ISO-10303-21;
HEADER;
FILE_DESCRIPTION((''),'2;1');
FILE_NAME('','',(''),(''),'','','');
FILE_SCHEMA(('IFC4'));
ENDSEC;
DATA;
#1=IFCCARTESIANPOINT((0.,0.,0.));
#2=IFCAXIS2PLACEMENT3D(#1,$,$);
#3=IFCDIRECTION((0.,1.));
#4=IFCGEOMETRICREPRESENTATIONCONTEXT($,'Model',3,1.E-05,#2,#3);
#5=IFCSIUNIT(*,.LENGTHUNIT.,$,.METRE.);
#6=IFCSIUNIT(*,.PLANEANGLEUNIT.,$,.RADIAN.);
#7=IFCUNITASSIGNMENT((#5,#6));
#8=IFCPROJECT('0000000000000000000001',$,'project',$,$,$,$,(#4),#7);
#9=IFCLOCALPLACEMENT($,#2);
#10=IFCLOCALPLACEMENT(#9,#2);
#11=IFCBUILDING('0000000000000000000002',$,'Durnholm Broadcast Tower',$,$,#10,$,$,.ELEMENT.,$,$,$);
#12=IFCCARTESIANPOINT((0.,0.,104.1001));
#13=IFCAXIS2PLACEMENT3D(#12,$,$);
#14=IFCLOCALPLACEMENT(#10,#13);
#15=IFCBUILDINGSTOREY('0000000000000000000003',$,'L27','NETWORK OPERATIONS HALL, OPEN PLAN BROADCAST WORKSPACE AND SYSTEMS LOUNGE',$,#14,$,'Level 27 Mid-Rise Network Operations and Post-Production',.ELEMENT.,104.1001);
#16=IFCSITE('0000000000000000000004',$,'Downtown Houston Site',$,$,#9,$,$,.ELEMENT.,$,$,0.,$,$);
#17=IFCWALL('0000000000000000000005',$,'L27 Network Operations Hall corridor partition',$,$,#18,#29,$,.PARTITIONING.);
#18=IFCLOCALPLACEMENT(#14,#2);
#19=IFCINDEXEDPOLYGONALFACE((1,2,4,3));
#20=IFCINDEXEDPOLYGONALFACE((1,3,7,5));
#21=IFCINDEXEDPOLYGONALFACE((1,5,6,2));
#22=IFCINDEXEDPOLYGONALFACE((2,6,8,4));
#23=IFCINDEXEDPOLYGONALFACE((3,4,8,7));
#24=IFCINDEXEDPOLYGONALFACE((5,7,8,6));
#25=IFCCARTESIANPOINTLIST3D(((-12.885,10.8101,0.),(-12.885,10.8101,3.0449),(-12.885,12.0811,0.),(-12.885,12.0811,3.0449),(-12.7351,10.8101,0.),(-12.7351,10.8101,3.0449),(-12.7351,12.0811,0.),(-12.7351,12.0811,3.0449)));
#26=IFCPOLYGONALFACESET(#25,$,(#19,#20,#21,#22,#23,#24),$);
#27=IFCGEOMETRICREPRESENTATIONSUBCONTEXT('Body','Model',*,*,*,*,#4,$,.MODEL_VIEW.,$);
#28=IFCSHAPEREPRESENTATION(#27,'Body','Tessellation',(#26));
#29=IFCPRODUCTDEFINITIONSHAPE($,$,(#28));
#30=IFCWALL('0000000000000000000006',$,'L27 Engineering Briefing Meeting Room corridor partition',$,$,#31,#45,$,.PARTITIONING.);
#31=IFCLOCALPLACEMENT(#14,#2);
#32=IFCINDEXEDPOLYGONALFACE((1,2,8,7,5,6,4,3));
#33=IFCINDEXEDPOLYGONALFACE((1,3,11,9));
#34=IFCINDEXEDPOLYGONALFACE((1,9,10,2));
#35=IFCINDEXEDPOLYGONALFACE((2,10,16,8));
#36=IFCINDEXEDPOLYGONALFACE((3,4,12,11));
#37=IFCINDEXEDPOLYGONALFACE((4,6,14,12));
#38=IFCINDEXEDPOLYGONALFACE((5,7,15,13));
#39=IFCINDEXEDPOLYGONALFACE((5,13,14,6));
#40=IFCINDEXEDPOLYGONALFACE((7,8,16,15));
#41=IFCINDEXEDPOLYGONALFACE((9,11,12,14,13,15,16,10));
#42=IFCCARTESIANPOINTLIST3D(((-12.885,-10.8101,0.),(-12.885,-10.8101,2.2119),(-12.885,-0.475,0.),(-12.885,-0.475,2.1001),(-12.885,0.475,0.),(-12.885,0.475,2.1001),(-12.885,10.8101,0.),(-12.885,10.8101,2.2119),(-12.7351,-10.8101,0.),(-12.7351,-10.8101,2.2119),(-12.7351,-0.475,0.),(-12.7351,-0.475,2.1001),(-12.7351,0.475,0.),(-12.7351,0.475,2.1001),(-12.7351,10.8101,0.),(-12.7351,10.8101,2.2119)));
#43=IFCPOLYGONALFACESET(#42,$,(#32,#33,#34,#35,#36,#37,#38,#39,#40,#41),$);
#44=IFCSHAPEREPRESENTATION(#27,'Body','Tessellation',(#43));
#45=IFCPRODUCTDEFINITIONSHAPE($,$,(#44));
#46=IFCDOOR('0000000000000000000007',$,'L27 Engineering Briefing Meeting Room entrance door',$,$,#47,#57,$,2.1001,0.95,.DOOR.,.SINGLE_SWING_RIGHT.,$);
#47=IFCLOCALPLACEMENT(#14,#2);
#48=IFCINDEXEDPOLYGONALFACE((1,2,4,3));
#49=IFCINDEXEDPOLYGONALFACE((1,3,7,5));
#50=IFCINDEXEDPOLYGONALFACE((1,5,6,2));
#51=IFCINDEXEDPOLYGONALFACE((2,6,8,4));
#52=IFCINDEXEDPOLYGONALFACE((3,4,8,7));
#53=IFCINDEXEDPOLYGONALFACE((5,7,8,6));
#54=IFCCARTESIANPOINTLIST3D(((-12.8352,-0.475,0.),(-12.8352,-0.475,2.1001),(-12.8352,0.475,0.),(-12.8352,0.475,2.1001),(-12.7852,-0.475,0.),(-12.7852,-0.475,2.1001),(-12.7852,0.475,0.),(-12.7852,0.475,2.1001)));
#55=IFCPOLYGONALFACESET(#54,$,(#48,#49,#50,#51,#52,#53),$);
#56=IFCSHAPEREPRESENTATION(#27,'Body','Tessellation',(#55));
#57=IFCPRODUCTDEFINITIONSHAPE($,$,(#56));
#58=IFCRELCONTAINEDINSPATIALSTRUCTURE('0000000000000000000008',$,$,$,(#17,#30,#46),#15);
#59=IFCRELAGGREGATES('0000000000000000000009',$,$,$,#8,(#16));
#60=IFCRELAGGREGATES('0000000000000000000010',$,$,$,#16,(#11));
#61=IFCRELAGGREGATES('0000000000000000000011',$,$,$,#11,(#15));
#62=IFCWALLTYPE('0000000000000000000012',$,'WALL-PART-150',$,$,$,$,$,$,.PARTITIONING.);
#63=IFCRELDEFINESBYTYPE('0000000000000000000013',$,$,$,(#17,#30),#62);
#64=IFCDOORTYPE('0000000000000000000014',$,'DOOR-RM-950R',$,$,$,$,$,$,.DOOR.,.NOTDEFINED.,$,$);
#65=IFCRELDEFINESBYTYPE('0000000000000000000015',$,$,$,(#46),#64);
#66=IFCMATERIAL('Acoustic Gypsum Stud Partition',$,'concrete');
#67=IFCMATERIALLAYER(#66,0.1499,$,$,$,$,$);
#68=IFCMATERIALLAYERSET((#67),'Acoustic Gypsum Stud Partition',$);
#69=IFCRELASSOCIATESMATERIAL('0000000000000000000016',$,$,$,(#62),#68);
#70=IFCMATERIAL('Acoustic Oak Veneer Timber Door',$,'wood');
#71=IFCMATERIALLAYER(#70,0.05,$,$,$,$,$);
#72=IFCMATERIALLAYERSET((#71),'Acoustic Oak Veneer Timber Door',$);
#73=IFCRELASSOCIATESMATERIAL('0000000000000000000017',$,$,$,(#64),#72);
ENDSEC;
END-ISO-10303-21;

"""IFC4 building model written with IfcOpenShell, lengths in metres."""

from ifc_helpers import new_model, si_unit, direction, frame, frame_2d, origin, place, context, subcontext, project, spatial, rectangle, extrude, source, transform, mapped, material, layer, layer_set, type_object, type_shapes, element, fill, save


model = new_model("IFC4")

# Units and contexts
model_context = context("Model", 3, precision=1e-05, world=origin(), true_north=direction((0.0, 1.0)))
body_context = subcontext(model_context, "Body", "Model", "MODEL_VIEW")
ifc_project = project(units=[si_unit("LENGTHUNIT", "METRE"), si_unit("PLANEANGLEUNIT", "RADIAN")], contexts=[model_context])

# Site, building, storey
site_placement = place(None, origin())
site = spatial("IfcSite", under=ifc_project, at=site_placement, Name="Downtown Houston Site", CompositionType="ELEMENT", RefElevation=0.0)
building_placement = place(site_placement, origin())
building = spatial("IfcBuilding", under=site, at=building_placement, Name="Durnholm Broadcast Tower", CompositionType="ELEMENT")
storey_placement = place(building_placement, frame((0.0, 0.0, 104.1001)))
storey = spatial("IfcBuildingStorey", under=building, at=storey_placement, Name="L27", Description="NETWORK OPERATIONS HALL, OPEN PLAN BROADCAST WORKSPACE AND SYSTEMS LOUNGE", LongName="Level 27 Mid-Rise Network Operations and Post-Production", CompositionType="ELEMENT", Elevation=104.1001)

# Shared definitions
ifc_material_1 = material(Name="Acoustic Gypsum Stud Partition", Category="concrete")
ifc_layer_1 = layer(ifc_material_1, 0.1499)
ifc_layer_set_1 = layer_set([ifc_layer_1], Name="Acoustic Gypsum Stud Partition")
wall_type_1 = type_object("IfcWallType", Name="WALL-PART-150", PredefinedType="PARTITIONING", material=ifc_layer_set_1)
ifc_material_2 = material(Name="Acoustic Oak Veneer Timber Door", Category="wood")
ifc_layer_2 = layer(ifc_material_2, 0.05)
ifc_layer_set_2 = layer_set([ifc_layer_2], Name="Acoustic Oak Veneer Timber Door")
door_type = type_object("IfcDoorType", Name="DOOR-RM-950R", OperationType="NOTDEFINED", PredefinedType="DOOR", material=ifc_layer_set_2)
shared_shape_1 = source(origin(), body_context, "Body", "SweptSolid", [
    extrude(rectangle(XDim=0.95, YDim=2.1001, at=frame_2d((0.4751, 1.05))), frame((0.0, 0.0249, 0.0), z_axis=(0.0, -1.0, 0.0), x_axis=(1.0, 0.0, 0.0)), (0.0, 0.0, 1.0), 0.05),
])
type_shapes(door_type, [shared_shape_1])

# Wall
wall_1_placement = place(storey_placement, frame((-12.8101, 12.0811, 0.0), z_axis=(0.0, 0.0, 1.0), x_axis=(0.0, -1.0, 0.0)))
element("IfcWall", 1, at=wall_1_placement, inside=storey, type_object=wall_type_1, Name="L27 Network Operations Hall corridor partition", PredefinedType="PARTITIONING", context=body_context, shape_type="SweptSolid", body=[
    extrude(rectangle(XDim=1.271, YDim=0.1499, at=frame_2d((0.6355, 0.0))), origin(), (0.0, 0.0, 1.0), 3.0449),
])

# Wall, opening, door
wall_2_placement = place(storey_placement, frame((-12.8101, 10.8101, 0.0), z_axis=(0.0, 0.0, 1.0), x_axis=(0.0, -1.0, 0.0)))
wall_2 = element("IfcWall", 2, at=wall_2_placement, inside=storey, type_object=wall_type_1, Name="L27 Engineering Briefing Meeting Room corridor partition", PredefinedType="PARTITIONING", context=body_context, shape_type="SweptSolid", body=[
    extrude(rectangle(XDim=21.6201, YDim=0.1499, at=frame_2d((10.8101, 0.0))), origin(), (0.0, 0.0, 1.0), 2.2119),
])
opening_1_placement = place(wall_2_placement, frame((10.335, 0.0, 0.0)))
opening_1 = element("IfcOpeningElement", 3, at=opening_1_placement, cuts=wall_2, PredefinedType="OPENING", context=body_context, shape_type="SweptSolid", body=[
    extrude(rectangle(XDim=0.95, YDim=2.1001, at=frame_2d((0.4751, 1.05))), frame((0.0, 0.085, 0.0), z_axis=(0.0, -1.0, 0.0), x_axis=(1.0, 0.0, 0.0)), (0.0, 0.0, 1.0), 0.1699),
])
door_1_placement = place(opening_1_placement, origin())
door_1 = element("IfcDoor", 4, at=door_1_placement, inside=storey, type_object=door_type, Name="L27 Engineering Briefing Meeting Room entrance door", OperationType="SINGLE_SWING_RIGHT", OverallHeight=2.1001, OverallWidth=0.95, PredefinedType="DOOR", context=body_context, shape_type="MappedRepresentation", body=[
    mapped(shared_shape_1, transform((0.0, 0.0, 0.0), x_axis=(1.0, 0.0, 0.0), y_axis=(0.0, 1.0, 0.0), z_axis=(0.0, 0.0, 1.0), scale=1.0)),
])
fill(opening_1, door_1)

save(model, "model.ifc")
